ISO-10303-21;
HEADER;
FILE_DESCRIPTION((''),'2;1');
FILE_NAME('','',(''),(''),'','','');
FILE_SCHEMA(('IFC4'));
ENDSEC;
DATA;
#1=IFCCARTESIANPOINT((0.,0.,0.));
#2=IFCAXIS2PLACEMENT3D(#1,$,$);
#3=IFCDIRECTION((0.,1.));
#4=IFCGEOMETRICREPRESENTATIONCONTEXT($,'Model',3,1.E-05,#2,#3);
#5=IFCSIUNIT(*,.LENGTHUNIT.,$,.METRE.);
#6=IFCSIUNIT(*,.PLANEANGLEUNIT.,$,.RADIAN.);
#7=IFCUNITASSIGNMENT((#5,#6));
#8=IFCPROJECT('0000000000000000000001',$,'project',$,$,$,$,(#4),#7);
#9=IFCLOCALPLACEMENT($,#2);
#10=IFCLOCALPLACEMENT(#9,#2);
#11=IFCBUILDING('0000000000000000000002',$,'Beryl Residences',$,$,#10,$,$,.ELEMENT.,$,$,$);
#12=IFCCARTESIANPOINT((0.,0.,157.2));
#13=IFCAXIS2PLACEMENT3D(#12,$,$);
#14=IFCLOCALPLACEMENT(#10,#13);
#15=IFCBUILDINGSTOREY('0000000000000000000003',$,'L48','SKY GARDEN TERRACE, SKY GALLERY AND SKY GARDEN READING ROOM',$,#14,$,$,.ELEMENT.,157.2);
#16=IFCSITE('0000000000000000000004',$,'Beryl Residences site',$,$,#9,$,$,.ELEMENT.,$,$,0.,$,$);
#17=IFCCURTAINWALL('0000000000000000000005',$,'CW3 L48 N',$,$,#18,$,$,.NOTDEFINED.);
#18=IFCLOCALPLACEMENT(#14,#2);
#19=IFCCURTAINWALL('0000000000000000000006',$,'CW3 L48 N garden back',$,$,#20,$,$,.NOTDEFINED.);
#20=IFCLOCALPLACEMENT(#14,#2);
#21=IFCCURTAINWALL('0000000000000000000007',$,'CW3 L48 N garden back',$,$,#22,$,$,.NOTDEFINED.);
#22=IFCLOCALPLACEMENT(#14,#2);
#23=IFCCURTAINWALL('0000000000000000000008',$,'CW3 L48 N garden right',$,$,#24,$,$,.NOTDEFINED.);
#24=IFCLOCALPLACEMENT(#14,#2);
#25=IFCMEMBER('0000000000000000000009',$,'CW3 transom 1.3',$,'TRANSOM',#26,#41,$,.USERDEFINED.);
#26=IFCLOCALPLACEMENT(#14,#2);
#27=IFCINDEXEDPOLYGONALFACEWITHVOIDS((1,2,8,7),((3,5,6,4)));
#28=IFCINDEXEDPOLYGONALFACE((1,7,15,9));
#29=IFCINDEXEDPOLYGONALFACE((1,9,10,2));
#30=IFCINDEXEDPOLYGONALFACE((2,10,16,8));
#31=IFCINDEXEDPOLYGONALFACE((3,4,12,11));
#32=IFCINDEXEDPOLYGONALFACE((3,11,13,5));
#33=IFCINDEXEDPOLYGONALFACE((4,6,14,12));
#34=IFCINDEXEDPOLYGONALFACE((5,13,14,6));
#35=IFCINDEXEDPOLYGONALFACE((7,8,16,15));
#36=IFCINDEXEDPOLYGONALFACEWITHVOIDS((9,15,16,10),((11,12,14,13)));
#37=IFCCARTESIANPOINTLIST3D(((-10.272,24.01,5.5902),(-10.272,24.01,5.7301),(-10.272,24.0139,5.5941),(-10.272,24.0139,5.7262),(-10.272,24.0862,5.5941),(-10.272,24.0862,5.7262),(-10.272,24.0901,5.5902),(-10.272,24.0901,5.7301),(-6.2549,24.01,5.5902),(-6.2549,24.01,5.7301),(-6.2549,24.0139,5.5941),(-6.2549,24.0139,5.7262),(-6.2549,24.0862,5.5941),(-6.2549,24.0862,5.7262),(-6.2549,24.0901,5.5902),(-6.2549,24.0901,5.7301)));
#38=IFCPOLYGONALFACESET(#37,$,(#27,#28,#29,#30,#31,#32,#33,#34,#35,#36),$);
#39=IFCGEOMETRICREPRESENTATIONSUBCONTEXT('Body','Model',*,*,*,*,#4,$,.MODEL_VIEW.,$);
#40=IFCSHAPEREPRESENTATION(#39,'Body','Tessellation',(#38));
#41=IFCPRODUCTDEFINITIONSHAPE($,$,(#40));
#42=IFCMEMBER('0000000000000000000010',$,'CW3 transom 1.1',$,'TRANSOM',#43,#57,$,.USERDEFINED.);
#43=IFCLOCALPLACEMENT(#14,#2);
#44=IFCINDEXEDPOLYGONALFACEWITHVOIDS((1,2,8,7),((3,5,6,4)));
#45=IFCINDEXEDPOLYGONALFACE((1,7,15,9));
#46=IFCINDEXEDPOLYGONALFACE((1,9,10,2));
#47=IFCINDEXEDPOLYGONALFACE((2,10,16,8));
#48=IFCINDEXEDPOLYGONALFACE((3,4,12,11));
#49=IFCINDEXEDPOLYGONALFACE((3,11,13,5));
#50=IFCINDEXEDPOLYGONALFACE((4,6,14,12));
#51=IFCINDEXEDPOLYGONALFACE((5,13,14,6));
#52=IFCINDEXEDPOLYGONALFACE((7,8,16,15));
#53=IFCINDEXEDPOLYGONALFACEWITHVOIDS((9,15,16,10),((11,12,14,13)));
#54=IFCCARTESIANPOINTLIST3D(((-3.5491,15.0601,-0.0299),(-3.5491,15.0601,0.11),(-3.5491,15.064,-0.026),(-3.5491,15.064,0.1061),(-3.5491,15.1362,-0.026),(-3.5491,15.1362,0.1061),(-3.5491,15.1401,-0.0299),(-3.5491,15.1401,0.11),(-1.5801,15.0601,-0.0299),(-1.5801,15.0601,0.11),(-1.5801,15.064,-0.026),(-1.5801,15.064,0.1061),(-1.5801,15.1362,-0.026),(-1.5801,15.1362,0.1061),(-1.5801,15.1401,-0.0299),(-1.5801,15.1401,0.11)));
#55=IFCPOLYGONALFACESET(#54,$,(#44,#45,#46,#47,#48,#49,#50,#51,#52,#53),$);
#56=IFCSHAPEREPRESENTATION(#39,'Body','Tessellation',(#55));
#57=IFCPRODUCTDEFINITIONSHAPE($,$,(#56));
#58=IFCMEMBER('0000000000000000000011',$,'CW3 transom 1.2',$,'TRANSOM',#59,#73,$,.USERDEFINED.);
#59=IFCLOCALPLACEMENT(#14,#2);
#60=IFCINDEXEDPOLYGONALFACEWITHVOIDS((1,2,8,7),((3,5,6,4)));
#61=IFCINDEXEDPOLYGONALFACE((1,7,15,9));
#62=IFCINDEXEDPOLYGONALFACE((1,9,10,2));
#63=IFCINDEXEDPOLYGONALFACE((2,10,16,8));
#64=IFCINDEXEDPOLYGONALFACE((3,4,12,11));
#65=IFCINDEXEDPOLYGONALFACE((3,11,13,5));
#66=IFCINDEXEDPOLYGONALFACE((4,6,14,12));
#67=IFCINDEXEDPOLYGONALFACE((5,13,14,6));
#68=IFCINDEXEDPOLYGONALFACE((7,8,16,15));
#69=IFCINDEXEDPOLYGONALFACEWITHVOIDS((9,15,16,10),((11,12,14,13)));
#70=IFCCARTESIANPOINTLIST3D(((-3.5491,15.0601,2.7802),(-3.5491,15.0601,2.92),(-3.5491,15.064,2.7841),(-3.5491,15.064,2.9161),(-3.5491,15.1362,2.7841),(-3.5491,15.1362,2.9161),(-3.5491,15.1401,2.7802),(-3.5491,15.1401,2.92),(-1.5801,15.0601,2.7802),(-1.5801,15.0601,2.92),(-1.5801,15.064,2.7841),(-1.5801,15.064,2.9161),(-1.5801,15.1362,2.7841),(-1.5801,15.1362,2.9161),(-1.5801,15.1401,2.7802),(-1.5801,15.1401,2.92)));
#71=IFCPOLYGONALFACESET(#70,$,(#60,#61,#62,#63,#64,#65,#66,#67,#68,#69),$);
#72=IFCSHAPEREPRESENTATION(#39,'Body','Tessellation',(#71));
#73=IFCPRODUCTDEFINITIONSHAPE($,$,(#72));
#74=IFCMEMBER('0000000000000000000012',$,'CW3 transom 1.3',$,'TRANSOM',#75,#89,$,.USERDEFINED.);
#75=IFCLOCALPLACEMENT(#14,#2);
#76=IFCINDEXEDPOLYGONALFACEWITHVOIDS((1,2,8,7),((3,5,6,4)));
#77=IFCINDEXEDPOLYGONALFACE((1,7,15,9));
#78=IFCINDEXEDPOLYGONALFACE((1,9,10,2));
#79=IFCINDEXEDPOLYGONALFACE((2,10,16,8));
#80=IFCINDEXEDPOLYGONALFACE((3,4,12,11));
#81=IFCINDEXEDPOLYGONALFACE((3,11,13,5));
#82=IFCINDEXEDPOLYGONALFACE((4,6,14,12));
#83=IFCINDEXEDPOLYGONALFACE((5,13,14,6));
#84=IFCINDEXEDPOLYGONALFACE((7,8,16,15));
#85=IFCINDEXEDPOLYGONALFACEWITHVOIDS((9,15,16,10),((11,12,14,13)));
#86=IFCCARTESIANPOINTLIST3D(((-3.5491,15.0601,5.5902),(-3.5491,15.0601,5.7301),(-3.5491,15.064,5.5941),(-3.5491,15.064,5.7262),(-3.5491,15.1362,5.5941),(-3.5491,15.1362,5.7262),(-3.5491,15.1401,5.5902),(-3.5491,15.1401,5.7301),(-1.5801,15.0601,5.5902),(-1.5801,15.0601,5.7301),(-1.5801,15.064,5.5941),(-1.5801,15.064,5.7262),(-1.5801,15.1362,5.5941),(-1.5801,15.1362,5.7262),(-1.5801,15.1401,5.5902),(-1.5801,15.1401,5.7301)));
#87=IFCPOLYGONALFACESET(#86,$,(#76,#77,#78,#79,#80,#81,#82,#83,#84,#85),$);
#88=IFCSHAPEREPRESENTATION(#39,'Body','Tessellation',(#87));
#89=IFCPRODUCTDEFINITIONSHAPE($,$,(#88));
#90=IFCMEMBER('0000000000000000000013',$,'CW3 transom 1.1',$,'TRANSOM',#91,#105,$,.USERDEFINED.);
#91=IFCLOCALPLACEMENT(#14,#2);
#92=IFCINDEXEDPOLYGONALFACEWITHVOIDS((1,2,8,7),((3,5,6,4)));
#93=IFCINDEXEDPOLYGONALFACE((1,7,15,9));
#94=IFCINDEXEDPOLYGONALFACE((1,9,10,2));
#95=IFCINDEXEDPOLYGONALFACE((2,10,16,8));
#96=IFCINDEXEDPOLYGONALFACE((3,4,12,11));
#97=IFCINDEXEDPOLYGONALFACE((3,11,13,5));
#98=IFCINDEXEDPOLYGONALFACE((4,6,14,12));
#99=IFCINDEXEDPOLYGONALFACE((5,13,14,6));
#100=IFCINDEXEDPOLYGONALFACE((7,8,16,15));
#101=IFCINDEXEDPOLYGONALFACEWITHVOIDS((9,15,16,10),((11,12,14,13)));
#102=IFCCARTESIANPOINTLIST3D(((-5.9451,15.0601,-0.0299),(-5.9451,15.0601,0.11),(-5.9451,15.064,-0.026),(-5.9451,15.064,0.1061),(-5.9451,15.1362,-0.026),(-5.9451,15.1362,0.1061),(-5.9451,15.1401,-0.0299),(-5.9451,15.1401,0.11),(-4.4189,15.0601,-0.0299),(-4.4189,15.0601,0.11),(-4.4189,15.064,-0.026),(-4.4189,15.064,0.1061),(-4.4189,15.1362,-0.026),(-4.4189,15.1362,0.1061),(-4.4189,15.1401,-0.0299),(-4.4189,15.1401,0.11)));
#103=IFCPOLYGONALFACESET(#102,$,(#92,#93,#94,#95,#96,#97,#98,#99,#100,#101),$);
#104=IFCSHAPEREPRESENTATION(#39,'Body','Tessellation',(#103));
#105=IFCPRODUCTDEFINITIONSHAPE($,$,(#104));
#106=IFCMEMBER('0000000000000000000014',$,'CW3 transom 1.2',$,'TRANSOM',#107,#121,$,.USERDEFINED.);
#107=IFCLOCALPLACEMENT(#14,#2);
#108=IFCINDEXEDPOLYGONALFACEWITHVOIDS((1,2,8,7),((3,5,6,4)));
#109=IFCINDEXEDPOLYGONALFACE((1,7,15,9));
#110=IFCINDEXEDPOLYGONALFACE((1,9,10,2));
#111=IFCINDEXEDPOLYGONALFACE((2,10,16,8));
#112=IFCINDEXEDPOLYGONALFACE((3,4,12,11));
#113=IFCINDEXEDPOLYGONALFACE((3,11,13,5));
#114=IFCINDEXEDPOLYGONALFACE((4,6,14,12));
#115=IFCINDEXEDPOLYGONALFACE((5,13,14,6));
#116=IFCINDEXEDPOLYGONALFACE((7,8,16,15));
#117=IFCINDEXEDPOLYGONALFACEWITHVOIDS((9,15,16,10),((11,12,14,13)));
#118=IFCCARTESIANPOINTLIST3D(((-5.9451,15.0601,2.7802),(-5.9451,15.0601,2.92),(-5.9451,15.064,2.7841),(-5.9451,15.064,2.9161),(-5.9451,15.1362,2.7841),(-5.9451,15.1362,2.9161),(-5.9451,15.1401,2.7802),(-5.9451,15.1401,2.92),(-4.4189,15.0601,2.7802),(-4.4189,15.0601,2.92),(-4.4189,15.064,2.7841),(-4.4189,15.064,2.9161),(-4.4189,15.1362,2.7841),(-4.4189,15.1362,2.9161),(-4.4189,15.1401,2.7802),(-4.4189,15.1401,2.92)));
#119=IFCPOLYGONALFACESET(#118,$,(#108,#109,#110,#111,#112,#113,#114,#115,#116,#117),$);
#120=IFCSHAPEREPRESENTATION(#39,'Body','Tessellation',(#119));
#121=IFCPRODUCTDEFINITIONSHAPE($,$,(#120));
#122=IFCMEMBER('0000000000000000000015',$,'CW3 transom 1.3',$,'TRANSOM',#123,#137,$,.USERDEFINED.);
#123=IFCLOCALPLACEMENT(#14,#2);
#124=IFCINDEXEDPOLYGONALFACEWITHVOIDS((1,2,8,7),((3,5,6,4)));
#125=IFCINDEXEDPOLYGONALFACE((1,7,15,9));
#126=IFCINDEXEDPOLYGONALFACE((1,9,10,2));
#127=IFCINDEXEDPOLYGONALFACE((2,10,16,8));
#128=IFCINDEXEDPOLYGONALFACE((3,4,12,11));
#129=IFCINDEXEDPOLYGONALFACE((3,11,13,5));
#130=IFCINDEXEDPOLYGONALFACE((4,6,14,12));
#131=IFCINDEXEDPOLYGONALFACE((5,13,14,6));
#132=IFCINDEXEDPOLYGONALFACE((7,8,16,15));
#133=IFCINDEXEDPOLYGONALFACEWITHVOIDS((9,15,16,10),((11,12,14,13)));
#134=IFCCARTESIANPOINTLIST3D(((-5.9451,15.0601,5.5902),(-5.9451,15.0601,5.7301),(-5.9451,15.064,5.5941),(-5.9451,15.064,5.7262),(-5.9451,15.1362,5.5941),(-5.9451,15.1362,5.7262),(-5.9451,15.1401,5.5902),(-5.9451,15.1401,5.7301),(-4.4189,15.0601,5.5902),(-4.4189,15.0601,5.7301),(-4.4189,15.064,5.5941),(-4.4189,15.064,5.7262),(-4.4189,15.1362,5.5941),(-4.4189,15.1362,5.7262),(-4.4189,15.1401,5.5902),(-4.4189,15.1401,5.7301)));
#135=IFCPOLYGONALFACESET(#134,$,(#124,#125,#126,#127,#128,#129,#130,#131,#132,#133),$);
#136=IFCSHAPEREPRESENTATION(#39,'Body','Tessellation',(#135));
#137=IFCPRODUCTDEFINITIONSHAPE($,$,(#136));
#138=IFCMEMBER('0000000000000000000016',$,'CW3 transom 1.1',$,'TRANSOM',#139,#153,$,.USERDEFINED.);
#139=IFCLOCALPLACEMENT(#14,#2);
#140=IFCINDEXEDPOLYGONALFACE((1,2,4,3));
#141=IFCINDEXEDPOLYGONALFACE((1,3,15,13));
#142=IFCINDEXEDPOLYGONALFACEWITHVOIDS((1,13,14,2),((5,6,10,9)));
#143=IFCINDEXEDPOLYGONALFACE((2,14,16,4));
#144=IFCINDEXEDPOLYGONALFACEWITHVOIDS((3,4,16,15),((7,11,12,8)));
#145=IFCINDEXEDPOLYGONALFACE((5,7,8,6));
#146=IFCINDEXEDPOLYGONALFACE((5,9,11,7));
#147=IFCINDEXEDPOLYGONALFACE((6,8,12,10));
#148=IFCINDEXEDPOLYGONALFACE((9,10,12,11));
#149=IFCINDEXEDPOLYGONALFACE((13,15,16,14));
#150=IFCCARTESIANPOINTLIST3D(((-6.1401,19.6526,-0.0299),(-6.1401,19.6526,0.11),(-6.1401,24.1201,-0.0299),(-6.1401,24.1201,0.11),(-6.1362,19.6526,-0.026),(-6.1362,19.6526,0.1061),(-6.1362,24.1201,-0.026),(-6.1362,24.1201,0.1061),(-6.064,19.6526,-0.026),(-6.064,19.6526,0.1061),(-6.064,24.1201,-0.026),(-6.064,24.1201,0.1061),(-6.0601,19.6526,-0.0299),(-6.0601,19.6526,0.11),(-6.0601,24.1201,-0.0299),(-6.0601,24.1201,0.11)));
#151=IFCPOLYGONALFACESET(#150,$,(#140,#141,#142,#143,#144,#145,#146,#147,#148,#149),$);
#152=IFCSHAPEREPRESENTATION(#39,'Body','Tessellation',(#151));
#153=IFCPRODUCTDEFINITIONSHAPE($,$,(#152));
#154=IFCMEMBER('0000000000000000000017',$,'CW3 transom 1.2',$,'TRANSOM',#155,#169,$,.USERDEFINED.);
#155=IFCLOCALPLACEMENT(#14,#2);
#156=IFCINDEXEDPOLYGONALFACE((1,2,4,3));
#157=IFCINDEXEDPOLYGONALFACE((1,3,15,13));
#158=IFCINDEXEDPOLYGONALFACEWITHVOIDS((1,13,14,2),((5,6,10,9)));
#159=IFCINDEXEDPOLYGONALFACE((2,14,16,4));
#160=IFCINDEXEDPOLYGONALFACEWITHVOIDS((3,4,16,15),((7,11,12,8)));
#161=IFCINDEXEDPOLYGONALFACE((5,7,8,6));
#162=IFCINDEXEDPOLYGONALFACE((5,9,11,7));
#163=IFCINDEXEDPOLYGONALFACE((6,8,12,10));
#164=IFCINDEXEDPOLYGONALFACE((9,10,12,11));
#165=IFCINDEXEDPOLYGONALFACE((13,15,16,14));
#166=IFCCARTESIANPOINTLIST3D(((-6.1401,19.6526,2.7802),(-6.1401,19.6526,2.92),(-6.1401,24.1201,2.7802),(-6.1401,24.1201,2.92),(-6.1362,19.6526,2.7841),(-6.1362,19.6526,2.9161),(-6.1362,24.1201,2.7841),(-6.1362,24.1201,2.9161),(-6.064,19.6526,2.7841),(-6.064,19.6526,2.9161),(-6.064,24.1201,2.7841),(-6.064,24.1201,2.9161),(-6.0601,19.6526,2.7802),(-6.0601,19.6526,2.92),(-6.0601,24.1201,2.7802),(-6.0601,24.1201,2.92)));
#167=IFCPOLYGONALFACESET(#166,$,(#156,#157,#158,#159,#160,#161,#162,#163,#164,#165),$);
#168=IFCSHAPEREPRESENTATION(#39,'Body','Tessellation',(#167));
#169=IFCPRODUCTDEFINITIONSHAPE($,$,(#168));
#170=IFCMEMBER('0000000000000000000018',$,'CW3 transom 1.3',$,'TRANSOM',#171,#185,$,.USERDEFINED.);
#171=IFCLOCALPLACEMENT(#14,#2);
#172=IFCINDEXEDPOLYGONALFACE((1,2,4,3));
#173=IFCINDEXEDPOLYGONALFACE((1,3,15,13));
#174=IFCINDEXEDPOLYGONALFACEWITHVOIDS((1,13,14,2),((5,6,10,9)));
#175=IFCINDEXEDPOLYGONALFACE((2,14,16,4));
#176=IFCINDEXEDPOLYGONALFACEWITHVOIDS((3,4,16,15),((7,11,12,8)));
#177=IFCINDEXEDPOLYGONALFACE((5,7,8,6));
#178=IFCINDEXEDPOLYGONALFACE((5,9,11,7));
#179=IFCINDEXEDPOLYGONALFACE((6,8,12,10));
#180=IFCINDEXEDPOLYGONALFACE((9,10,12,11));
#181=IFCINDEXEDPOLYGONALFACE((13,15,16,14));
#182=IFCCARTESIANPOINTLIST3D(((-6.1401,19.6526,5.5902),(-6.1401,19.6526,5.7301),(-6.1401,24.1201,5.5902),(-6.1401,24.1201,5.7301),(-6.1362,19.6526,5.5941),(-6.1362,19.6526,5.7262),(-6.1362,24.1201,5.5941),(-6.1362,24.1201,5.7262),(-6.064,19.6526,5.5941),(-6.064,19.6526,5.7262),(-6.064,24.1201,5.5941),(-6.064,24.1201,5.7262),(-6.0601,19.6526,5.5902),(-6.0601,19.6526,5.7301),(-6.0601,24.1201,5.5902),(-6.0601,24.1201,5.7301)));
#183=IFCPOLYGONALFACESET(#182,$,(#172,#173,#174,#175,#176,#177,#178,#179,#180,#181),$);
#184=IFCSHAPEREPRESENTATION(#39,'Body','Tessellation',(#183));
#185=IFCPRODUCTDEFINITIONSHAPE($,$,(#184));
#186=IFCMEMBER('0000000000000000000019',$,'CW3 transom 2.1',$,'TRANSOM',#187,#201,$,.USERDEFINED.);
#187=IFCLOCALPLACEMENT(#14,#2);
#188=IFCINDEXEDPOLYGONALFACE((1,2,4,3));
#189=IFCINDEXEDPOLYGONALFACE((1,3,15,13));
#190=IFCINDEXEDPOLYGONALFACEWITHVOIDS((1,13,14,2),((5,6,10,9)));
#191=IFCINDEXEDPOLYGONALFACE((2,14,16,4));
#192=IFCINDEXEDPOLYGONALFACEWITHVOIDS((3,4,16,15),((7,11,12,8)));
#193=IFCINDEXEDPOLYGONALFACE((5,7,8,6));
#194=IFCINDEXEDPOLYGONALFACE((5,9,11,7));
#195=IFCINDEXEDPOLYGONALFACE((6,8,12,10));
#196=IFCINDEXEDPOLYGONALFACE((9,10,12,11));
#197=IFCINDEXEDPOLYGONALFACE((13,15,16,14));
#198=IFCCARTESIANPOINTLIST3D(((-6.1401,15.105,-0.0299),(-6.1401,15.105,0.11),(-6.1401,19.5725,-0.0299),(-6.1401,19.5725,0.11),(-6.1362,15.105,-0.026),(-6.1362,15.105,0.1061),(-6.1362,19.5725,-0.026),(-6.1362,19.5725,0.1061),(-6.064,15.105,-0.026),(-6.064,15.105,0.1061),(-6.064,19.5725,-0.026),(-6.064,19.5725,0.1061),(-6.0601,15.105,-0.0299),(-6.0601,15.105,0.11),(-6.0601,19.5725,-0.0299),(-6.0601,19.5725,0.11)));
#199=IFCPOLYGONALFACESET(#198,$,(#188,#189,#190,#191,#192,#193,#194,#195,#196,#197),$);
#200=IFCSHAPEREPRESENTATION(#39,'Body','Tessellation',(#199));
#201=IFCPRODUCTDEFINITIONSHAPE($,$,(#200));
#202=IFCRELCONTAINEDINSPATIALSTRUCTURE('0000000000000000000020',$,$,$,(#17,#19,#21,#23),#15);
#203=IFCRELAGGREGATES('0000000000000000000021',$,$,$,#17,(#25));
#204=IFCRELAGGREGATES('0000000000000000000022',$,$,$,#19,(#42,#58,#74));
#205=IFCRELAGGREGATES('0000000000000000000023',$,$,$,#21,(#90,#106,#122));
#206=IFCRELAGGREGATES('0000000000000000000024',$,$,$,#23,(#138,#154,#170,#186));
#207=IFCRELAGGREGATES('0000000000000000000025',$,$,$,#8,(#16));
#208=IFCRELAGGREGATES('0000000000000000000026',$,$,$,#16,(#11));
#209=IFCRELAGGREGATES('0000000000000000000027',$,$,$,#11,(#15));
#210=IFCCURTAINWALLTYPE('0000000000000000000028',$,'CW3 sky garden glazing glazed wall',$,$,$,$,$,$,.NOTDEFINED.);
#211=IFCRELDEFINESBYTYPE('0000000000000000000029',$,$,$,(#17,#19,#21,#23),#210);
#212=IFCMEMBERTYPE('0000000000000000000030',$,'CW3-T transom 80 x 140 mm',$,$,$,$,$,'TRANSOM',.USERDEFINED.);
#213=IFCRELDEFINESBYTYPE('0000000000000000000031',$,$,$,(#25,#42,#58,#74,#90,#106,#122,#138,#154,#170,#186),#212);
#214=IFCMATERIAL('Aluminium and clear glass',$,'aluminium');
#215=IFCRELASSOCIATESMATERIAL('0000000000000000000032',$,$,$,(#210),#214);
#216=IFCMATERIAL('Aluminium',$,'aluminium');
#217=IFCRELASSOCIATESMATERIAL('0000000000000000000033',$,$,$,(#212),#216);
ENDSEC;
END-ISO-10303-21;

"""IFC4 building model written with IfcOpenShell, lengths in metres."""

from ifc_helpers import new_model, si_unit, direction, frame, origin, origin_2d, place, context, subcontext, project, spatial, hollow_rectangle, extrude, material, material_profile, profile_set, type_object, element, aggregate, save


model = new_model("IFC4")

# Units and contexts
model_context = context("Model", 3, precision=1e-05, world=origin(), true_north=direction((0.0, 1.0)))
body_context = subcontext(model_context, "Body", "Model", "MODEL_VIEW")
ifc_project = project(units=[si_unit("LENGTHUNIT", "METRE"), si_unit("PLANEANGLEUNIT", "RADIAN")], contexts=[model_context])

# Site, building, storey
site_placement = place(None, origin())
site = spatial("IfcSite", under=ifc_project, at=site_placement, Name="Beryl Residences site", CompositionType="ELEMENT", RefElevation=0.0)
building_placement = place(site_placement, origin())
building = spatial("IfcBuilding", under=site, at=building_placement, Name="Beryl Residences", CompositionType="ELEMENT")
storey_placement = place(building_placement, frame((0.0, 0.0, 157.2)))
storey = spatial("IfcBuildingStorey", under=building, at=storey_placement, Name="L48", Description="SKY GARDEN TERRACE, SKY GALLERY AND SKY GARDEN READING ROOM", CompositionType="ELEMENT", Elevation=157.2)

# Curtain wall
ifc_material_1 = material(Name="Aluminium and clear glass", Category="aluminium")
curtain_wall_type = type_object("IfcCurtainWallType", Name="CW3 sky garden glazing glazed wall", PredefinedType="NOTDEFINED", material=ifc_material_1)
curtain_wall_1_placement = place(storey_placement, origin())
curtain_wall_1 = element("IfcCurtainWall", 1, at=curtain_wall_1_placement, inside=storey, type_object=curtain_wall_type, Name="CW3 L48 N", PredefinedType="NOTDEFINED")

# Curtain walls
curtain_wall_2_placement = place(storey_placement, origin())
curtain_wall_2 = element("IfcCurtainWall", 2, at=curtain_wall_2_placement, inside=storey, type_object=curtain_wall_type, Name="CW3 L48 N garden back", PredefinedType="NOTDEFINED")
curtain_wall_3_placement = place(storey_placement, origin())
curtain_wall_3 = element("IfcCurtainWall", 3, at=curtain_wall_3_placement, inside=storey, type_object=curtain_wall_type, Name="CW3 L48 N garden back", PredefinedType="NOTDEFINED")
curtain_wall_4_placement = place(storey_placement, origin())
curtain_wall_4 = element("IfcCurtainWall", 4, at=curtain_wall_4_placement, inside=storey, type_object=curtain_wall_type, Name="CW3 L48 N garden right", PredefinedType="NOTDEFINED")

# Members
ifc_material_2 = material(Name="Aluminium", Category="aluminium")
ifc_material_profile_1 = material_profile(ifc_material_2, hollow_rectangle(XDim=0.0801, YDim=0.1399, WallThickness=0.0039, at=origin_2d()))
ifc_profile_set_1 = profile_set([ifc_material_profile_1], Name="Aluminium")
member_type_1 = type_object("IfcMemberType", Name="CW3-T transom 80 x 140 mm", ElementType="TRANSOM", PredefinedType="USERDEFINED", material=ifc_profile_set_1)
member_1_placement = place(storey_placement, frame((-6.2549, 24.05, 5.6602), z_axis=(-1.0, 0.0, 0.0), x_axis=(0.0, -1.0, 0.0)))
member_1 = element("IfcMember", 5, at=member_1_placement, type_object=member_type_1, Name="CW3 transom 1.3", ObjectType="TRANSOM", PredefinedType="USERDEFINED", context=body_context, shape_type="SweptSolid", body=[
    extrude(hollow_rectangle(XDim=0.0801, YDim=0.1399, WallThickness=0.0039, at=origin_2d()), origin(), (0.0, 0.0, 1.0), 4.0171),
])
member_2_placement = place(storey_placement, frame((-1.5801, 15.1001, 0.04), z_axis=(-1.0, 0.0, 0.0), x_axis=(0.0, -1.0, 0.0)))
member_2 = element("IfcMember", 6, at=member_2_placement, type_object=member_type_1, Name="CW3 transom 1.1", ObjectType="TRANSOM", PredefinedType="USERDEFINED", context=body_context, shape_type="SweptSolid", body=[
    extrude(hollow_rectangle(XDim=0.0801, YDim=0.1399, WallThickness=0.0039, at=origin_2d()), origin(), (0.0, 0.0, 1.0), 1.969),
])
member_3_placement = place(storey_placement, frame((-1.5801, 15.1001, 2.8501), z_axis=(-1.0, 0.0, 0.0), x_axis=(0.0, -1.0, 0.0)))
member_3 = element("IfcMember", 7, at=member_3_placement, type_object=member_type_1, Name="CW3 transom 1.2", ObjectType="TRANSOM", PredefinedType="USERDEFINED", context=body_context, shape_type="SweptSolid", body=[
    extrude(hollow_rectangle(XDim=0.0801, YDim=0.1399, WallThickness=0.0039, at=origin_2d()), origin(), (0.0, 0.0, 1.0), 1.969),
])
member_4_placement = place(storey_placement, frame((-1.5801, 15.1001, 5.6602), z_axis=(-1.0, 0.0, 0.0), x_axis=(0.0, -1.0, 0.0)))
member_4 = element("IfcMember", 8, at=member_4_placement, type_object=member_type_1, Name="CW3 transom 1.3", ObjectType="TRANSOM", PredefinedType="USERDEFINED", context=body_context, shape_type="SweptSolid", body=[
    extrude(hollow_rectangle(XDim=0.0801, YDim=0.1399, WallThickness=0.0039, at=origin_2d()), origin(), (0.0, 0.0, 1.0), 1.969),
])
member_5_placement = place(storey_placement, frame((-4.4189, 15.1001, 0.04), z_axis=(-1.0, 0.0, 0.0), x_axis=(0.0, -1.0, 0.0)))
member_5 = element("IfcMember", 9, at=member_5_placement, type_object=member_type_1, Name="CW3 transom 1.1", ObjectType="TRANSOM", PredefinedType="USERDEFINED", context=body_context, shape_type="SweptSolid", body=[
    extrude(hollow_rectangle(XDim=0.0801, YDim=0.1399, WallThickness=0.0039, at=origin_2d()), origin(), (0.0, 0.0, 1.0), 1.5261),
])
member_6_placement = place(storey_placement, frame((-4.4189, 15.1001, 2.8501), z_axis=(-1.0, 0.0, 0.0), x_axis=(0.0, -1.0, 0.0)))
member_6 = element("IfcMember", 10, at=member_6_placement, type_object=member_type_1, Name="CW3 transom 1.2", ObjectType="TRANSOM", PredefinedType="USERDEFINED", context=body_context, shape_type="SweptSolid", body=[
    extrude(hollow_rectangle(XDim=0.0801, YDim=0.1399, WallThickness=0.0039, at=origin_2d()), origin(), (0.0, 0.0, 1.0), 1.5261),
])
member_7_placement = place(storey_placement, frame((-4.4189, 15.1001, 5.6602), z_axis=(-1.0, 0.0, 0.0), x_axis=(0.0, -1.0, 0.0)))
member_7 = element("IfcMember", 11, at=member_7_placement, type_object=member_type_1, Name="CW3 transom 1.3", ObjectType="TRANSOM", PredefinedType="USERDEFINED", context=body_context, shape_type="SweptSolid", body=[
    extrude(hollow_rectangle(XDim=0.0801, YDim=0.1399, WallThickness=0.0039, at=origin_2d()), origin(), (0.0, 0.0, 1.0), 1.5261),
])
member_8_placement = place(storey_placement, frame((-6.1001, 24.1201, 0.04), z_axis=(0.0, -1.0, 0.0), x_axis=(1.0, 0.0, 0.0)))
member_8 = element("IfcMember", 12, at=member_8_placement, type_object=member_type_1, Name="CW3 transom 1.1", ObjectType="TRANSOM", PredefinedType="USERDEFINED", context=body_context, shape_type="SweptSolid", body=[
    extrude(hollow_rectangle(XDim=0.0801, YDim=0.1399, WallThickness=0.0039, at=origin_2d()), origin(), (0.0, 0.0, 1.0), 4.4675),
])
member_9_placement = place(storey_placement, frame((-6.1001, 24.1201, 2.8501), z_axis=(0.0, -1.0, 0.0), x_axis=(1.0, 0.0, 0.0)))
member_9 = element("IfcMember", 13, at=member_9_placement, type_object=member_type_1, Name="CW3 transom 1.2", ObjectType="TRANSOM", PredefinedType="USERDEFINED", context=body_context, shape_type="SweptSolid", body=[
    extrude(hollow_rectangle(XDim=0.0801, YDim=0.1399, WallThickness=0.0039, at=origin_2d()), origin(), (0.0, 0.0, 1.0), 4.4675),
])
member_10_placement = place(storey_placement, frame((-6.1001, 24.1201, 5.6602), z_axis=(0.0, -1.0, 0.0), x_axis=(1.0, 0.0, 0.0)))
member_10 = element("IfcMember", 14, at=member_10_placement, type_object=member_type_1, Name="CW3 transom 1.3", ObjectType="TRANSOM", PredefinedType="USERDEFINED", context=body_context, shape_type="SweptSolid", body=[
    extrude(hollow_rectangle(XDim=0.0801, YDim=0.1399, WallThickness=0.0039, at=origin_2d()), origin(), (0.0, 0.0, 1.0), 4.4675),
])
member_11_placement = place(storey_placement, frame((-6.1001, 19.5725, 0.04), z_axis=(0.0, -1.0, 0.0), x_axis=(1.0, 0.0, 0.0)))
member_11 = element("IfcMember", 15, at=member_11_placement, type_object=member_type_1, Name="CW3 transom 2.1", ObjectType="TRANSOM", PredefinedType="USERDEFINED", context=body_context, shape_type="SweptSolid", body=[
    extrude(hollow_rectangle(XDim=0.0801, YDim=0.1399, WallThickness=0.0039, at=origin_2d()), origin(), (0.0, 0.0, 1.0), 4.4675),
])

aggregate(curtain_wall_1, [member_1])
aggregate(curtain_wall_2, [member_2, member_3, member_4])
aggregate(curtain_wall_3, [member_5, member_6, member_7])
aggregate(curtain_wall_4, [member_8, member_9, member_10, member_11])

save(model, "model.ifc")
